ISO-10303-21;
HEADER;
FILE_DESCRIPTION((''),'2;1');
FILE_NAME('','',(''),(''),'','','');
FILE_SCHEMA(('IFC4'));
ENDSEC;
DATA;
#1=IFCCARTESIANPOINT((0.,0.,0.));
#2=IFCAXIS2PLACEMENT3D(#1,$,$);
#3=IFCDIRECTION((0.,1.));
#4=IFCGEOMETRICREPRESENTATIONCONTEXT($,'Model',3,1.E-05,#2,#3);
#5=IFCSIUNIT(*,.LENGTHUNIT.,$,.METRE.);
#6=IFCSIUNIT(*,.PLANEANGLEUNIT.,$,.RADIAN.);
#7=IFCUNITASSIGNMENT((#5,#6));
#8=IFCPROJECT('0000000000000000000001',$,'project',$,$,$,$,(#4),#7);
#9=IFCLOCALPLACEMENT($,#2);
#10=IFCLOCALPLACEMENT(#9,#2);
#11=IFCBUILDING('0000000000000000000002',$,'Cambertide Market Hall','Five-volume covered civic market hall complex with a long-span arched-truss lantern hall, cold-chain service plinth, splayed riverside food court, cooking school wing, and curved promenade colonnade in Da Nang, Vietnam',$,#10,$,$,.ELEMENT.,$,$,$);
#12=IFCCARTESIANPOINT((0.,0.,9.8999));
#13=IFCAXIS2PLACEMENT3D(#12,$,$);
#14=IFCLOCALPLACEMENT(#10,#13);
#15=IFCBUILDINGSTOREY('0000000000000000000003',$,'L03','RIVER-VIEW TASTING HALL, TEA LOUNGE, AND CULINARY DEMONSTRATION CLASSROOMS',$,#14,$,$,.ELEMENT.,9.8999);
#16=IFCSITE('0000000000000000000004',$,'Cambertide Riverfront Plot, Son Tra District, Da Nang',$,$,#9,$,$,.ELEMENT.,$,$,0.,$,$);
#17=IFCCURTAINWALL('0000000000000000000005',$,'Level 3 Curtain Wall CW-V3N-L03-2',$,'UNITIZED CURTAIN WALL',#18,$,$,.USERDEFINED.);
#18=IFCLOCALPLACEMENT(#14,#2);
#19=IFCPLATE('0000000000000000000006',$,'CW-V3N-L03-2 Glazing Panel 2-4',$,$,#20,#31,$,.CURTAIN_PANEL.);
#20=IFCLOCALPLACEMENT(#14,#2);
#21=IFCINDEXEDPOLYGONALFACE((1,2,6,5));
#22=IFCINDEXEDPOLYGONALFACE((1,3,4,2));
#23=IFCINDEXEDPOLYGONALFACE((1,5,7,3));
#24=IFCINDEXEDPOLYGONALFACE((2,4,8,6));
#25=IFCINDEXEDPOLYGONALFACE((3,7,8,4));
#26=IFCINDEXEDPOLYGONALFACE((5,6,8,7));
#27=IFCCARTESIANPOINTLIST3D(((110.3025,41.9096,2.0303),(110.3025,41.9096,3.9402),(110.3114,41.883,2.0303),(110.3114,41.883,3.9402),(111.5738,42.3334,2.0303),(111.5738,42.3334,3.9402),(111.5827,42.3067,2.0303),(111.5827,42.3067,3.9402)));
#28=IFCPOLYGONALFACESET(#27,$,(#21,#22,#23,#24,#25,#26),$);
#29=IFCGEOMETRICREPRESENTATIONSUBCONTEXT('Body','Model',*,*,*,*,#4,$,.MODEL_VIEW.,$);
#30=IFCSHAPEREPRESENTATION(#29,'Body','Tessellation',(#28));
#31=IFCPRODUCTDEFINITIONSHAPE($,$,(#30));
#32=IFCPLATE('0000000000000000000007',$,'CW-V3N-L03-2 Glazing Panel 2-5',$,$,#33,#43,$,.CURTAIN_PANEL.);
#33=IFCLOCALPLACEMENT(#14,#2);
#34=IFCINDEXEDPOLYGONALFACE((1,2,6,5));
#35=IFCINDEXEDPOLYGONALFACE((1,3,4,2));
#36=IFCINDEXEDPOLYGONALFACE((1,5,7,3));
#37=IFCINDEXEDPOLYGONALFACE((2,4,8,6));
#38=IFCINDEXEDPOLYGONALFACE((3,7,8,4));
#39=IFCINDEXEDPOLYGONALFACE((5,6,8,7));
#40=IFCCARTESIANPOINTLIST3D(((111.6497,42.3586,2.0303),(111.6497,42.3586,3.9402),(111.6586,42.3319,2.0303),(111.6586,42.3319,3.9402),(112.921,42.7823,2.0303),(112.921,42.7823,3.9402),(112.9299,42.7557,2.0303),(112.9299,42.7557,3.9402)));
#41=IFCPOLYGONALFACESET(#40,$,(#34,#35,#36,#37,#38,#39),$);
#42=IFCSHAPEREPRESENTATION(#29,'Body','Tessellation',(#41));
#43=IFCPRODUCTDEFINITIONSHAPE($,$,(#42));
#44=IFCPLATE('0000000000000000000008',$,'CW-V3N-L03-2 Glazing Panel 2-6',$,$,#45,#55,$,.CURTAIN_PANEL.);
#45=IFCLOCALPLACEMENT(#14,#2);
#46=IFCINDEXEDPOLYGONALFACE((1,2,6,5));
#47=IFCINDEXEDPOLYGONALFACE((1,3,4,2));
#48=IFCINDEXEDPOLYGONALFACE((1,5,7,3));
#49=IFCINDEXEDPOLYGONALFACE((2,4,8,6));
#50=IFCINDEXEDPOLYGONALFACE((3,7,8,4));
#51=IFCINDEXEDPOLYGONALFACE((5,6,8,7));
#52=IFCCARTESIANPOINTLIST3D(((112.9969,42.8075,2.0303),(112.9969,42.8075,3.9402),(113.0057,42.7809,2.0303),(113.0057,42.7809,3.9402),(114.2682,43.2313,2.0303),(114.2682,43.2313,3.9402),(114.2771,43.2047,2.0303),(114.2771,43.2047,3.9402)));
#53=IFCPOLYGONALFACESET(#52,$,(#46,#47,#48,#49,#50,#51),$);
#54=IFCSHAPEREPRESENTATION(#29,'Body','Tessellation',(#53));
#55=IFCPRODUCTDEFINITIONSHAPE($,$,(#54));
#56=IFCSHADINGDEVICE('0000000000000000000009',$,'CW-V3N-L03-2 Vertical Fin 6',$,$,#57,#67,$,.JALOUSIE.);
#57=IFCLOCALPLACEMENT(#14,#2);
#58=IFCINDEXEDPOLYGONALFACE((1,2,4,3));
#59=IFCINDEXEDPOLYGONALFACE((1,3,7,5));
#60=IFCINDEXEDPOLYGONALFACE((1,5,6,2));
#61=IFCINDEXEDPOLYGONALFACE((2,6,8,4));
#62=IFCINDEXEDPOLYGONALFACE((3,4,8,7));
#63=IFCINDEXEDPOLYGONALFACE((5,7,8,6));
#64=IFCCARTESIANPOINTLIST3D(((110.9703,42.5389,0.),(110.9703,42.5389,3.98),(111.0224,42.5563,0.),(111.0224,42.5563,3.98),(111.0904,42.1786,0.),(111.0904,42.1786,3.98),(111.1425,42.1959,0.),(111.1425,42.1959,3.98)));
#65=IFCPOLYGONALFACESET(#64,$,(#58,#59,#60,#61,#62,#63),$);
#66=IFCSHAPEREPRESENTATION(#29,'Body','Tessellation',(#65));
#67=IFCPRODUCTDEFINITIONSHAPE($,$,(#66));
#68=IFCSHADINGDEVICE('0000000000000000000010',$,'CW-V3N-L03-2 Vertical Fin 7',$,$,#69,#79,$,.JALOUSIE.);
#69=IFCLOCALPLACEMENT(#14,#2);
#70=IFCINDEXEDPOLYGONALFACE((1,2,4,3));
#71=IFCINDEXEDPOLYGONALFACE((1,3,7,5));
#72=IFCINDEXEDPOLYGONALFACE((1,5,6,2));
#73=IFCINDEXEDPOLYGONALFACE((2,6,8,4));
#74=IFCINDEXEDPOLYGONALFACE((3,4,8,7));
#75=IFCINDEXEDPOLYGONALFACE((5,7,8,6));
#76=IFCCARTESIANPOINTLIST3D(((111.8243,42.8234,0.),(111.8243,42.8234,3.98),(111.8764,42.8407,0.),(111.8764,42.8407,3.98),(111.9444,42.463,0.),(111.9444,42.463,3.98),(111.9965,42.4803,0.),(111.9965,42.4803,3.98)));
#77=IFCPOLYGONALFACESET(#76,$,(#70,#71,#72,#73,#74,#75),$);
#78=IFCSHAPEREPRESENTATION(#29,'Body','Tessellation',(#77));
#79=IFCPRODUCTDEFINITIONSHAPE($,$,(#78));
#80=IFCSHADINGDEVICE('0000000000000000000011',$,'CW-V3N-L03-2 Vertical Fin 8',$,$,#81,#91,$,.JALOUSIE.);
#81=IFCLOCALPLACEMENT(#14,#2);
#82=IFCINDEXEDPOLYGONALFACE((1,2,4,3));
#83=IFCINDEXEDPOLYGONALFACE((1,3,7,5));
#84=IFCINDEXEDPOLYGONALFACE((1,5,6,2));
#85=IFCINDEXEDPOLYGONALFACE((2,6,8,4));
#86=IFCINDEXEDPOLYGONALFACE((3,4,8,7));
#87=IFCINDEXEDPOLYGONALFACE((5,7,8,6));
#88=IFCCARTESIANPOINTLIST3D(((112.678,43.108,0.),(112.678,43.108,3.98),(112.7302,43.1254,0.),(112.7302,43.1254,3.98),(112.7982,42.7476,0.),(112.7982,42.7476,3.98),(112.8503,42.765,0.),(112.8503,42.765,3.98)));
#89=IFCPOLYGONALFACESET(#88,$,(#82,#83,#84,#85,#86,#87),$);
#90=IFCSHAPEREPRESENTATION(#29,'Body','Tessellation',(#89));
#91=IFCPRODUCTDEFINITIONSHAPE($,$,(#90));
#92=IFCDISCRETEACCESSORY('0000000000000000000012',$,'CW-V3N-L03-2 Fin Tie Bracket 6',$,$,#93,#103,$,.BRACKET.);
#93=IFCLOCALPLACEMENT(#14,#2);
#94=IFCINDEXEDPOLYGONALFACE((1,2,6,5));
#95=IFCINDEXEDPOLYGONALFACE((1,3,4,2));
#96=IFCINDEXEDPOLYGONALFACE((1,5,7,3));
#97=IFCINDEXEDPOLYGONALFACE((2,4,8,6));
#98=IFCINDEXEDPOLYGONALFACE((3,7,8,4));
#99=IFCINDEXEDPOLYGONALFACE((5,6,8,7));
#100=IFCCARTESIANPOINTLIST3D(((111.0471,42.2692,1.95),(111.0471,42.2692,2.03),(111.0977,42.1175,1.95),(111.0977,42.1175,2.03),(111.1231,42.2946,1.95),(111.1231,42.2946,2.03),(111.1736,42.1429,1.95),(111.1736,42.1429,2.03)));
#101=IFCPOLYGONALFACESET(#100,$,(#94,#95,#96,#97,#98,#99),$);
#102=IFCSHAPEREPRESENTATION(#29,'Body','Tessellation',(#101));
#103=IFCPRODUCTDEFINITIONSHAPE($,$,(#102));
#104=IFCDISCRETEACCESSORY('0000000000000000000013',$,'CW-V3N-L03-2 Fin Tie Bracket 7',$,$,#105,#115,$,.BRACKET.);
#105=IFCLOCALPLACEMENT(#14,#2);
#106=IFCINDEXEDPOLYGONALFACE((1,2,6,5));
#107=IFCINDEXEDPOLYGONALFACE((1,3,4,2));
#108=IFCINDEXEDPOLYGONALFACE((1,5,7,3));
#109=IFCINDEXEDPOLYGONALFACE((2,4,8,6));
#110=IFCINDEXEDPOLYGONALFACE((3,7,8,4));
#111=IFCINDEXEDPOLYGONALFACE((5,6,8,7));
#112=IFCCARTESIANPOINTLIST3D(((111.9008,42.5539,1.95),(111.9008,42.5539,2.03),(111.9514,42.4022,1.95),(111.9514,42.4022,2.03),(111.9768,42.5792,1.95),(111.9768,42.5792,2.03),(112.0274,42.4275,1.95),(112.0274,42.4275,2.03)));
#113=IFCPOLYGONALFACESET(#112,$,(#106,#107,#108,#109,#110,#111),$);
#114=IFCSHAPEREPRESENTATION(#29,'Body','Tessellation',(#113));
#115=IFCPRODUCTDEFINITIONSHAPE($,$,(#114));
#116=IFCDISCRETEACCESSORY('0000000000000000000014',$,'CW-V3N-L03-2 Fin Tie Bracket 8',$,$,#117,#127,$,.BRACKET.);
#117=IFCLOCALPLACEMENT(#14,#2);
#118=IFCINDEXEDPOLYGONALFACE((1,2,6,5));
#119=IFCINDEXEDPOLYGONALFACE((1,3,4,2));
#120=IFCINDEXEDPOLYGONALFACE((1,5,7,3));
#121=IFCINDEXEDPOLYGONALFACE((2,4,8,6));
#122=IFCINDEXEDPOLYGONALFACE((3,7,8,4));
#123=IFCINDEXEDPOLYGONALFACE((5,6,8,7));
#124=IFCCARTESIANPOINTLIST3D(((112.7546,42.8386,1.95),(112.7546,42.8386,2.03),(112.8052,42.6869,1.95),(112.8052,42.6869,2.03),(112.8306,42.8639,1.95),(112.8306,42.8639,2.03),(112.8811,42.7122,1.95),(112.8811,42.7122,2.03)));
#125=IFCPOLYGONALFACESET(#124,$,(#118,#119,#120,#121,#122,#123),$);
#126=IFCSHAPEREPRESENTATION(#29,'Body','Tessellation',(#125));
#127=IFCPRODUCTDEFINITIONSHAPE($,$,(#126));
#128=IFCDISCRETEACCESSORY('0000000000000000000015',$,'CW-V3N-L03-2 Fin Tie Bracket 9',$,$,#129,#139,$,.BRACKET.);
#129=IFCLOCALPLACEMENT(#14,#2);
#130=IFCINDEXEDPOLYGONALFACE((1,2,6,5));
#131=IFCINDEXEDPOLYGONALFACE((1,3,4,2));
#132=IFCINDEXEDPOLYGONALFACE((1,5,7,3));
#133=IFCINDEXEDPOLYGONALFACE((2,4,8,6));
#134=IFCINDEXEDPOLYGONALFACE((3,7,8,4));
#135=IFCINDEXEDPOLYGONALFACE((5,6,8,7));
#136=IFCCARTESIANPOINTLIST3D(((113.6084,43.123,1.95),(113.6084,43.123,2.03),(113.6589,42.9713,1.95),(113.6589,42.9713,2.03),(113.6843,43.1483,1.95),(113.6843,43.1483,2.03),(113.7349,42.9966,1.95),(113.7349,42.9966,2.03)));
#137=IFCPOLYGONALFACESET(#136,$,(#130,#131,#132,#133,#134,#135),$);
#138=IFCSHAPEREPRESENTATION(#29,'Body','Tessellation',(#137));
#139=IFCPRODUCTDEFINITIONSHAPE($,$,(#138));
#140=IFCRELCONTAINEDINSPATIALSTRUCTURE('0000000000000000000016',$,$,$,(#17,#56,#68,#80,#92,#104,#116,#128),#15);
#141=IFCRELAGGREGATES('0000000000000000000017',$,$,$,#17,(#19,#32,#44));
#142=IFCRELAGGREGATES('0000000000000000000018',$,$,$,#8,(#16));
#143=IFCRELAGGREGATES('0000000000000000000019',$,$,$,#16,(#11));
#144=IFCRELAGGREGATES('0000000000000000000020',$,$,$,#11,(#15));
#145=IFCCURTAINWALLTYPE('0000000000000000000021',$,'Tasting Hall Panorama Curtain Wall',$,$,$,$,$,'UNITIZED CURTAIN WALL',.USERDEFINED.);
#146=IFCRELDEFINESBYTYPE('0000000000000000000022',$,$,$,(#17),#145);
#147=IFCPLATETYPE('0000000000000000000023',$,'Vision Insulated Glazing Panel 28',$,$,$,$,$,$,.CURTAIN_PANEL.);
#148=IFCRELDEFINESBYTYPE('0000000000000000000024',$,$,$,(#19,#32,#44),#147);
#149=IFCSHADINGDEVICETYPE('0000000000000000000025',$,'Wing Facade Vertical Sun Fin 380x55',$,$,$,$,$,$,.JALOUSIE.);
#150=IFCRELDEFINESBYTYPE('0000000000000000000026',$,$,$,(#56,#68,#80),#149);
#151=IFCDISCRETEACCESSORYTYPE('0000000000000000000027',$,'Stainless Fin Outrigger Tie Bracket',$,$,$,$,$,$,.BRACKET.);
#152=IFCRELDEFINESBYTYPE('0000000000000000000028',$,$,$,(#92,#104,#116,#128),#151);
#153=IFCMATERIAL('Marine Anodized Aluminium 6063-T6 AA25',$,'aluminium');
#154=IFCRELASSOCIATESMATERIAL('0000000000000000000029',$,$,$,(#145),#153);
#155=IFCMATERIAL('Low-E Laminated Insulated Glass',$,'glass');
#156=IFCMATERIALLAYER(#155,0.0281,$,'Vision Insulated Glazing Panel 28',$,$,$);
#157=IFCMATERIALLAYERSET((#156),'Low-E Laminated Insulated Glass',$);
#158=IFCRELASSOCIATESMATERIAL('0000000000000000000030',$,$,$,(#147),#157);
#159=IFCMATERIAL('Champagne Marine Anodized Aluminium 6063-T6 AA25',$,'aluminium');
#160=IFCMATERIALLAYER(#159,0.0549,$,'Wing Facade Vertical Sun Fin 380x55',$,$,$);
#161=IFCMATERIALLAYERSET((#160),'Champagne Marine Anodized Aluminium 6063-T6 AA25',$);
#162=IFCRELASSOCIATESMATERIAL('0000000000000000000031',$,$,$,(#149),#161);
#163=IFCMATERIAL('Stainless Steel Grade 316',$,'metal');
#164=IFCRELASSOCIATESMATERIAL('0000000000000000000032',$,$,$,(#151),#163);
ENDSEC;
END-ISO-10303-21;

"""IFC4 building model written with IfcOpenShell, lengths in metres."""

from ifc_helpers import new_model, si_unit, direction, frame, origin, origin_2d, place, context, subcontext, project, spatial, rectangle, extrude, material, layer, layer_set, type_object, element, aggregate, save


model = new_model("IFC4")

# Units and contexts
model_context = context("Model", 3, precision=1e-05, world=origin(), true_north=direction((0.0, 1.0)))
body_context = subcontext(model_context, "Body", "Model", "MODEL_VIEW")
ifc_project = project(units=[si_unit("LENGTHUNIT", "METRE"), si_unit("PLANEANGLEUNIT", "RADIAN")], contexts=[model_context])

# Site, building, storey
site_placement = place(None, origin())
site = spatial("IfcSite", under=ifc_project, at=site_placement, Name="Cambertide Riverfront Plot, Son Tra District, Da Nang", CompositionType="ELEMENT", RefElevation=0.0)
building_placement = place(site_placement, origin())
building = spatial("IfcBuilding", under=site, at=building_placement, Name="Cambertide Market Hall", Description="Five-volume covered civic market hall complex with a long-span arched-truss lantern hall, cold-chain service plinth, splayed riverside food court, cooking school wing, and curved promenade colonnade in Da Nang, Vietnam", CompositionType="ELEMENT")
storey_placement = place(building_placement, frame((0.0, 0.0, 9.8999)))
storey = spatial("IfcBuildingStorey", under=building, at=storey_placement, Name="L03", Description="RIVER-VIEW TASTING HALL, TEA LOUNGE, AND CULINARY DEMONSTRATION CLASSROOMS", CompositionType="ELEMENT", Elevation=9.8999)

# Curtain wall, plates
ifc_material_1 = material(Name="Marine Anodized Aluminium 6063-T6 AA25", Category="aluminium")
curtain_wall_type = type_object("IfcCurtainWallType", Name="Tasting Hall Panorama Curtain Wall", ElementType="UNITIZED CURTAIN WALL", PredefinedType="USERDEFINED", material=ifc_material_1)
curtain_wall_placement = place(storey_placement, origin())
curtain_wall = element("IfcCurtainWall", 1, at=curtain_wall_placement, inside=storey, type_object=curtain_wall_type, Name="Level 3 Curtain Wall CW-V3N-L03-2", ObjectType="UNITIZED CURTAIN WALL", PredefinedType="USERDEFINED")
ifc_material_2 = material(Name="Low-E Laminated Insulated Glass", Category="glass")
ifc_layer_1 = layer(ifc_material_2, 0.0281, Name="Vision Insulated Glazing Panel 28")
ifc_layer_set_1 = layer_set([ifc_layer_1], Name="Low-E Laminated Insulated Glass")
plate_type = type_object("IfcPlateType", Name="Vision Insulated Glazing Panel 28", PredefinedType="CURTAIN_PANEL", material=ifc_layer_set_1)
plate_1_placement = place(storey_placement, frame((110.9426, 42.1082, 2.0303), z_axis=(0.0, 0.0, 1.0), x_axis=(0.948683, 0.316228, 0.0)))
plate_1 = element("IfcPlate", 2, at=plate_1_placement, type_object=plate_type, Name="CW-V3N-L03-2 Glazing Panel 2-4", PredefinedType="CURTAIN_PANEL", context=body_context, shape_type="SweptSolid", body=[
    extrude(rectangle(XDim=1.3401, YDim=0.0281, at=origin_2d()), origin(), (0.0, 0.0, 1.0), 1.9099),
])
plate_2_placement = place(storey_placement, frame((112.2898, 42.5571, 2.0303), z_axis=(0.0, 0.0, 1.0), x_axis=(0.948683, 0.316228, 0.0)))
plate_2 = element("IfcPlate", 3, at=plate_2_placement, type_object=plate_type, Name="CW-V3N-L03-2 Glazing Panel 2-5", PredefinedType="CURTAIN_PANEL", context=body_context, shape_type="SweptSolid", body=[
    extrude(rectangle(XDim=1.3401, YDim=0.0281, at=origin_2d()), origin(), (0.0, 0.0, 1.0), 1.9099),
])
plate_3_placement = place(storey_placement, frame((113.637, 43.0061, 2.0303), z_axis=(0.0, 0.0, 1.0), x_axis=(0.948683, 0.316228, 0.0)))
plate_3 = element("IfcPlate", 4, at=plate_3_placement, type_object=plate_type, Name="CW-V3N-L03-2 Glazing Panel 2-6", PredefinedType="CURTAIN_PANEL", context=body_context, shape_type="SweptSolid", body=[
    extrude(rectangle(XDim=1.3401, YDim=0.0281, at=origin_2d()), origin(), (0.0, 0.0, 1.0), 1.9099),
])
aggregate(curtain_wall, [plate_1, plate_2, plate_3])

# Shading devices
ifc_material_3 = material(Name="Champagne Marine Anodized Aluminium 6063-T6 AA25", Category="aluminium")
ifc_layer_2 = layer(ifc_material_3, 0.0549, Name="Wing Facade Vertical Sun Fin 380x55")
ifc_layer_set_2 = layer_set([ifc_layer_2], Name="Champagne Marine Anodized Aluminium 6063-T6 AA25")
shading_device_type = type_object("IfcShadingDeviceType", Name="Wing Facade Vertical Sun Fin 380x55", PredefinedType="JALOUSIE", material=ifc_layer_set_2)
for number, where, z_axis, x_axis, name in (
    (5, (111.0564, 42.3674, 0.0), (0.0, 0.0, 1.0), (0.948683, 0.316228, 0.0), "CW-V3N-L03-2 Vertical Fin 6"),
    (6, (111.9104, 42.6519, 0.0), (0.0, 0.0, 1.0), (0.948683, 0.316228, 0.0), "CW-V3N-L03-2 Vertical Fin 7"),
    (7, (112.7642, 42.9365, 0.0), (0.0, 0.0, 1.0), (0.948683, 0.316228, 0.0), "CW-V3N-L03-2 Vertical Fin 8"),
):
    element("IfcShadingDevice", number, at=place(storey_placement, frame(where, z_axis=z_axis, x_axis=x_axis)), inside=storey, type_object=shading_device_type, Name=name, PredefinedType="JALOUSIE", context=body_context, shape_type="SweptSolid", body=[
        extrude(rectangle(XDim=0.0549, YDim=0.3799, at=origin_2d()), origin(), (0.0, 0.0, 1.0), 3.98),
    ])

# Discrete accessories
ifc_material_4 = material(Name="Stainless Steel Grade 316", Category="metal")
discrete_accessory_type = type_object("IfcDiscreteAccessoryType", Name="Stainless Fin Outrigger Tie Bracket", PredefinedType="BRACKET", material=ifc_material_4)
for number, where, z_axis, x_axis, name in (
    (8, (111.1104, 42.2061, 1.95), (0.0, 0.0, 1.0), (0.948683, 0.316228, 0.0), "CW-V3N-L03-2 Fin Tie Bracket 6"),
    (9, (111.9641, 42.4907, 1.95), (0.0, 0.0, 1.0), (0.948683, 0.316228, 0.0), "CW-V3N-L03-2 Fin Tie Bracket 7"),
    (10, (112.8179, 42.7754, 1.95), (0.0, 0.0, 1.0), (0.948683, 0.316228, 0.0), "CW-V3N-L03-2 Fin Tie Bracket 8"),
    (11, (113.6716, 43.0598, 1.95), (0.0, 0.0, 1.0), (0.948683, 0.316228, 0.0), "CW-V3N-L03-2 Fin Tie Bracket 9"),
):
    element("IfcDiscreteAccessory", number, at=place(storey_placement, frame(where, z_axis=z_axis, x_axis=x_axis)), inside=storey, type_object=discrete_accessory_type, Name=name, PredefinedType="BRACKET", context=body_context, shape_type="SweptSolid", body=[
        extrude(rectangle(XDim=0.0801, YDim=0.1599, at=origin_2d()), origin(), (0.0, 0.0, 1.0), 0.0801),
    ])

save(model, "model.ifc")
